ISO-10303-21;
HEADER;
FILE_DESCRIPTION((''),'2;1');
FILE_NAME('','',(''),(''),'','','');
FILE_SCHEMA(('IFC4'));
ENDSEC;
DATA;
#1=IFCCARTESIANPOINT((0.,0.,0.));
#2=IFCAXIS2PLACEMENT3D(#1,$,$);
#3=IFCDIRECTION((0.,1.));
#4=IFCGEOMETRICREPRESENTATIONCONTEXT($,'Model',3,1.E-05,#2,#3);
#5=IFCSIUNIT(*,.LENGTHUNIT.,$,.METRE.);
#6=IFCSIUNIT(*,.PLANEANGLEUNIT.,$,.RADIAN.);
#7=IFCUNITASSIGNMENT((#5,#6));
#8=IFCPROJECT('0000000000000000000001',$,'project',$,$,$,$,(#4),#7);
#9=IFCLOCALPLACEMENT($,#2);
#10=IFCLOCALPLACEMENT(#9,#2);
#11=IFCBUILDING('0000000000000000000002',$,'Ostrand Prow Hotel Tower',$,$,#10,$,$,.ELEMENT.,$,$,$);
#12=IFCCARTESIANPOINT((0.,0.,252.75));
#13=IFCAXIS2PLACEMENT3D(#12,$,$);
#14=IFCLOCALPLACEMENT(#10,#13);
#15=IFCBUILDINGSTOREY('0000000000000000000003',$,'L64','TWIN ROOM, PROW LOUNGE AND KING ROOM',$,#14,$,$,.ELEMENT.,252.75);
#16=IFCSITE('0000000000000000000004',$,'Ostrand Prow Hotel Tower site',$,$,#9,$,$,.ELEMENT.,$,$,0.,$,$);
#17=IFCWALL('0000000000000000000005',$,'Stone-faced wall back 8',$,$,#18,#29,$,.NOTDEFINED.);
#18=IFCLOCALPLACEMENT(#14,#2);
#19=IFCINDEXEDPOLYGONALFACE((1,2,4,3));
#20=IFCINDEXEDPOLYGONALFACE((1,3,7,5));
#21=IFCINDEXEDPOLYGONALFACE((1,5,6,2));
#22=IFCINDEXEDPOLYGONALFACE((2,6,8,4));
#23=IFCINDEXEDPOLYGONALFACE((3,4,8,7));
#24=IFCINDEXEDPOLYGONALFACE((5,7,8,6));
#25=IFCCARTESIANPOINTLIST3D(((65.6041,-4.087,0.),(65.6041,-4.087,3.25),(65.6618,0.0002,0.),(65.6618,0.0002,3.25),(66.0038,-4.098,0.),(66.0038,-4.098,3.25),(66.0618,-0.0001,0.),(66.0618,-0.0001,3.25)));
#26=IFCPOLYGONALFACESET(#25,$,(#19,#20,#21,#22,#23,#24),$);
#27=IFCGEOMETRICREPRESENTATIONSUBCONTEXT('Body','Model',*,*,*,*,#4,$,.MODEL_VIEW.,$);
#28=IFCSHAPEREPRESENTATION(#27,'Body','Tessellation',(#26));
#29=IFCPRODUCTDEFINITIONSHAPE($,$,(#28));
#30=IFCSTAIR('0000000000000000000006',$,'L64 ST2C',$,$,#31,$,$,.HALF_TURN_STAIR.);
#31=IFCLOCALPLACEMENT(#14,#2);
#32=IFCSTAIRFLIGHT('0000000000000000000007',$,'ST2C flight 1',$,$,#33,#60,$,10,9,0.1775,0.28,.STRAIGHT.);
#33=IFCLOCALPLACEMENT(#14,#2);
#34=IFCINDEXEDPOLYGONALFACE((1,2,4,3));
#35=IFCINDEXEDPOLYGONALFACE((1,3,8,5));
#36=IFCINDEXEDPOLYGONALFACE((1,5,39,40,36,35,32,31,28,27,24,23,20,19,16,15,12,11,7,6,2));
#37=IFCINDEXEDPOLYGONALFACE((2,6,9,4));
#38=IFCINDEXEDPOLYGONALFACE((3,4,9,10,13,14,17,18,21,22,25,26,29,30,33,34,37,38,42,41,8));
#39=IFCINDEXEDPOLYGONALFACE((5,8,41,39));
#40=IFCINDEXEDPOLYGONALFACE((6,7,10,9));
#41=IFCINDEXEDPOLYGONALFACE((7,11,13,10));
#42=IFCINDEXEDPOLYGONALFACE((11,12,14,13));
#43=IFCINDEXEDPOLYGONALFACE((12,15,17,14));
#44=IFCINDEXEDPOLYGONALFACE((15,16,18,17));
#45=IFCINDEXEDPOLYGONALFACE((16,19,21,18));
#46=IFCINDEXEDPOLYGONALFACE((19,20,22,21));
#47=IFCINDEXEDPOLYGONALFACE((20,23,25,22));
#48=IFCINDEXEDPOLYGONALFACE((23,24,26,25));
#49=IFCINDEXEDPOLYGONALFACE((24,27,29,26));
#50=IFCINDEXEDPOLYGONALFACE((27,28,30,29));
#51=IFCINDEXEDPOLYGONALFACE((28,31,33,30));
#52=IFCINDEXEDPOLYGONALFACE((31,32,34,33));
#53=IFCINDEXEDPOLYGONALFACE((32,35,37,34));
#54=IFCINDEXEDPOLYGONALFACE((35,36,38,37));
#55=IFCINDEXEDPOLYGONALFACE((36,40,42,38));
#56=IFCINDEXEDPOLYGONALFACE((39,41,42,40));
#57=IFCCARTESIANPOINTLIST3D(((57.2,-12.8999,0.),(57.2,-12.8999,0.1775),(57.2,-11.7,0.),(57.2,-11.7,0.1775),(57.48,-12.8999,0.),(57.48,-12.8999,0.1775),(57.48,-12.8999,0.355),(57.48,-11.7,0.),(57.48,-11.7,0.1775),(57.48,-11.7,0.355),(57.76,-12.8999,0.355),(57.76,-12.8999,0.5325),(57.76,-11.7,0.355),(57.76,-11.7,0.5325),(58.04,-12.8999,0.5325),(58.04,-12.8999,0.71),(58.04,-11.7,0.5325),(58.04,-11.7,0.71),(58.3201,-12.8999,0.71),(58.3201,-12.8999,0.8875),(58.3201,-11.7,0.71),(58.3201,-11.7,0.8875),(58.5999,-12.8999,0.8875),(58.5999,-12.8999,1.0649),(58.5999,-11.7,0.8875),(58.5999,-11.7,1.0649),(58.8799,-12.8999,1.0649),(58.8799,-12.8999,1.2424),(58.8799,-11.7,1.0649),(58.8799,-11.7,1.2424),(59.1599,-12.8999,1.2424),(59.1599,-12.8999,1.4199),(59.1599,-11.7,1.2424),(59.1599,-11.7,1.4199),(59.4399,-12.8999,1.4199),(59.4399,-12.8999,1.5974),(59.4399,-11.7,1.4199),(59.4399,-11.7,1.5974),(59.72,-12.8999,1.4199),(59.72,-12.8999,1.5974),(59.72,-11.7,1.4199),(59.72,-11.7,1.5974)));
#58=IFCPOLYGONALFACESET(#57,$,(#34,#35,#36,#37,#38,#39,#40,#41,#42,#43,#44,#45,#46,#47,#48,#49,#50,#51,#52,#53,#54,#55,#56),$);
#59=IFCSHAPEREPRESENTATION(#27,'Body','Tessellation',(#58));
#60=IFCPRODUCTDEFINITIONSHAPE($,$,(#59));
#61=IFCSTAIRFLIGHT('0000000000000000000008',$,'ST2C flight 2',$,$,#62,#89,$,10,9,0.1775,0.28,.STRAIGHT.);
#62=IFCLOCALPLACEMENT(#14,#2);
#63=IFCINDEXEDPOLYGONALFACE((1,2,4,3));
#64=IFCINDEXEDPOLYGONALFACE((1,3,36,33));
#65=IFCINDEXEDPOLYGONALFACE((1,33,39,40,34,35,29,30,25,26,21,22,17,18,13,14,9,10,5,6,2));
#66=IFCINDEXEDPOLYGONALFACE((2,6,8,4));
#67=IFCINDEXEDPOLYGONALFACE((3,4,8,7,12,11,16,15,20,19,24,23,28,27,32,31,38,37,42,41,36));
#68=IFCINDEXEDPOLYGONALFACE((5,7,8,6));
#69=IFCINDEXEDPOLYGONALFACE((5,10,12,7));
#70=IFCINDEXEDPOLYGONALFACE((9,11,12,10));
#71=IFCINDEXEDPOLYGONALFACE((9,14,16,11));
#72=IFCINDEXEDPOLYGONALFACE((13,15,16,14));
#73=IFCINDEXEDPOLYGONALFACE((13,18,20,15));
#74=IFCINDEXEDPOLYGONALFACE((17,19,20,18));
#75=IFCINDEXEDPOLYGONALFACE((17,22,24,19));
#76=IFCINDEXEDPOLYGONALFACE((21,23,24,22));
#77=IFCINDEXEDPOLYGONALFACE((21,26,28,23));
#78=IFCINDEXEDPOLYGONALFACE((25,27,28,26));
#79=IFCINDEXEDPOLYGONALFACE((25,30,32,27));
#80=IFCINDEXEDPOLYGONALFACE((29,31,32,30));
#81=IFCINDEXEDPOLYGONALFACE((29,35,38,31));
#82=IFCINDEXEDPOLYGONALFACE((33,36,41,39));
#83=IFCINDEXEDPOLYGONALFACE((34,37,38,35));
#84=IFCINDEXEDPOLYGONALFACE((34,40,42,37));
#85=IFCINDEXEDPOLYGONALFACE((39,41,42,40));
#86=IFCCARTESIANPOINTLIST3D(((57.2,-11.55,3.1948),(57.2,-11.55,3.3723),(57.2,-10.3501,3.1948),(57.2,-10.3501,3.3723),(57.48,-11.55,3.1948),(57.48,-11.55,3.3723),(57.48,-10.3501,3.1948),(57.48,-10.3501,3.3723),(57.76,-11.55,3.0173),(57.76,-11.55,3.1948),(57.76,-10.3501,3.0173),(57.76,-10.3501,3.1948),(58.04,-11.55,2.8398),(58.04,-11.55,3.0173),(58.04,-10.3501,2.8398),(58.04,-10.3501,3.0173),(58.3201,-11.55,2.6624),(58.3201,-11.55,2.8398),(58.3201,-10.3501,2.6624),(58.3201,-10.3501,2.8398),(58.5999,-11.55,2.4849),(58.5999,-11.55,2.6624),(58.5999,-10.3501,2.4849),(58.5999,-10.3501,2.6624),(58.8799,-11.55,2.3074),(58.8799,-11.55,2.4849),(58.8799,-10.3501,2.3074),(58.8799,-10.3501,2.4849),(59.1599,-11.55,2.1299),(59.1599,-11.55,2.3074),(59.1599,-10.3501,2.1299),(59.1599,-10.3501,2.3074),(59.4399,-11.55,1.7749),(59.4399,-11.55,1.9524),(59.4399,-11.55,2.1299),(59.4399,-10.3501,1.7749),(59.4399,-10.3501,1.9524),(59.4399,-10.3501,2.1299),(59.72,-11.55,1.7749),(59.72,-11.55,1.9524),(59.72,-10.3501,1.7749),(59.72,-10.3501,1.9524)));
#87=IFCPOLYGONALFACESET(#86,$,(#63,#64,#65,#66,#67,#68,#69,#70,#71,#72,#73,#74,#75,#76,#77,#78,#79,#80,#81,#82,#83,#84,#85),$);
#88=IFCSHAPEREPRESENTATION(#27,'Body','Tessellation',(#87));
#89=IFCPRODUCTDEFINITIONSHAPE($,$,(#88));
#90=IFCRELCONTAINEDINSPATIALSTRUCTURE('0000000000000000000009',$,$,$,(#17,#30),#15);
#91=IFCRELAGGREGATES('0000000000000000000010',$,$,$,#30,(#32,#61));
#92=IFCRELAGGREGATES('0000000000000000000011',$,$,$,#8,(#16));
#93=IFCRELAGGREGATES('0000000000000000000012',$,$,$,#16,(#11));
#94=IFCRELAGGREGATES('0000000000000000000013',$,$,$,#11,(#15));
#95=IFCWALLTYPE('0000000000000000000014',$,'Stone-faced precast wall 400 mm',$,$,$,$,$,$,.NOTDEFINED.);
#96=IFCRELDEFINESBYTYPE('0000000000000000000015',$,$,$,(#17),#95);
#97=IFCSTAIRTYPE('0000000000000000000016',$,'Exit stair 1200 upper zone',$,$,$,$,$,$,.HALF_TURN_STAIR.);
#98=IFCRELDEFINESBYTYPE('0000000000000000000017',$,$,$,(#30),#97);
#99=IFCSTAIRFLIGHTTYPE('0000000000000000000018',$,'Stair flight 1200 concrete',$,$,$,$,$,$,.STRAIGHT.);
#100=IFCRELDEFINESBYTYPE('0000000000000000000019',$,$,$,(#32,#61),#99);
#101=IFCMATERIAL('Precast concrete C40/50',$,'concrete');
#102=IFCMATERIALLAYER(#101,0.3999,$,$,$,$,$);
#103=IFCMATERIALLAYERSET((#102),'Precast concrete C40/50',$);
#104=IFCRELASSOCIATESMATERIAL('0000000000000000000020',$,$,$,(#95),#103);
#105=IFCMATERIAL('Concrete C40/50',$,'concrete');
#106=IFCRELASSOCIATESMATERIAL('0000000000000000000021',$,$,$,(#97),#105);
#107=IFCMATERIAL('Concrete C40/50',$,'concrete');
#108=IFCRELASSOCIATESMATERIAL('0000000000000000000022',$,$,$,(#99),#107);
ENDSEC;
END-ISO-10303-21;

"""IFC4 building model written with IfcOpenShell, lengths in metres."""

from ifc_helpers import new_model, si_unit, direction, frame, origin, place, context, subcontext, project, spatial, polyline, outline, extrude, material, layer, layer_set, type_object, element, aggregate, save


model = new_model("IFC4")

# Units and contexts
model_context = context("Model", 3, precision=1e-05, world=origin(), true_north=direction((0.0, 1.0)))
body_context = subcontext(model_context, "Body", "Model", "MODEL_VIEW")
ifc_project = project(units=[si_unit("LENGTHUNIT", "METRE"), si_unit("PLANEANGLEUNIT", "RADIAN")], contexts=[model_context])

# Site, building, storey
site_placement = place(None, origin())
site = spatial("IfcSite", under=ifc_project, at=site_placement, Name="Ostrand Prow Hotel Tower site", CompositionType="ELEMENT", RefElevation=0.0)
building_placement = place(site_placement, origin())
building = spatial("IfcBuilding", under=site, at=building_placement, Name="Ostrand Prow Hotel Tower", CompositionType="ELEMENT")
storey_placement = place(building_placement, frame((0.0, 0.0, 252.75)))
storey = spatial("IfcBuildingStorey", under=building, at=storey_placement, Name="L64", Description="TWIN ROOM, PROW LOUNGE AND KING ROOM", CompositionType="ELEMENT", Elevation=252.75)

# Wall
ifc_material_1 = material(Name="Precast concrete C40/50", Category="concrete")
ifc_layer_1 = layer(ifc_material_1, 0.3999)
ifc_layer_set_1 = layer_set([ifc_layer_1], Name="Precast concrete C40/50")
wall_type_1 = type_object("IfcWallType", Name="Stone-faced precast wall 400 mm", PredefinedType="NOTDEFINED", material=ifc_layer_set_1)
wall_1_placement = place(storey_placement, frame((65.804, -4.0925, 0.0), z_axis=(0.0, 0.0, 1.0), x_axis=(0.014137, 0.9999, 0.0)))
element("IfcWall", 1, at=wall_1_placement, inside=storey, type_object=wall_type_1, Name="Stone-faced wall back 8", PredefinedType="NOTDEFINED", context=body_context, shape_type="SweptSolid", body=[
    extrude(outline(polyline([(-0.0027, -0.2), (4.0957, -0.2), (4.0903, 0.2), (0.0027, 0.2), (-0.0027, -0.2)])), origin(), (0.0, 0.0, 1.0), 3.25),
])

# Stair, stair flights
ifc_material_2 = material(Name="Concrete C40/50", Category="concrete")
stair_type = type_object("IfcStairType", Name="Exit stair 1200 upper zone", PredefinedType="HALF_TURN_STAIR", material=ifc_material_2)
stair_placement = place(storey_placement, origin())
stair = element("IfcStair", 2, at=stair_placement, inside=storey, type_object=stair_type, Name="L64 ST2C", PredefinedType="HALF_TURN_STAIR")
ifc_material_3 = material(Name="Concrete C40/50", Category="concrete")
stair_flight_type = type_object("IfcStairFlightType", Name="Stair flight 1200 concrete", PredefinedType="STRAIGHT", material=ifc_material_3)
stair_flight_1_placement = place(storey_placement, frame((57.2, -12.3, 0.0), z_axis=(0.0, 0.0, 1.0), x_axis=(1.0, 0.0, 0.0)))
stair_flight_1 = element("IfcStairFlight", 3, at=stair_flight_1_placement, type_object=stair_flight_type, Name="ST2C flight 1", NumberOfRisers=10, NumberOfTreads=9, PredefinedType="STRAIGHT", RiserHeight=0.1775, TreadLength=0.28, context=body_context, shape_type="SweptSolid", body=[
    extrude(outline(polyline([(0.0, 0.0), (0.0, 0.1775), (0.28, 0.1775), (0.28, 0.355), (0.5601, 0.355), (0.5601, 0.5325), (0.8401, 0.5325), (0.8401, 0.71), (1.1201, 0.71), (1.1201, 0.8875), (1.3999, 0.8875), (1.3999, 1.0649), (1.6799, 1.0649), (1.6799, 1.2424), (1.96, 1.2424), (1.96, 1.4199), (2.24, 1.4199), (2.24, 1.5974), (2.52, 1.5974), (2.52, 1.7749), (2.52, 1.4199), (0.28, 0.0), (0.0, 0.0)])), frame((0.0, 0.6001, 0.0), z_axis=(0.0, -1.0, 0.0), x_axis=(1.0, 0.0, 0.0)), (0.0, 0.0, 1.0), 1.2),
])
stair_flight_2_placement = place(storey_placement, frame((59.72, -10.95, 1.7749), z_axis=(0.0, 0.0, 1.0), x_axis=(-1.0, 0.0, 0.0)))
stair_flight_2 = element("IfcStairFlight", 4, at=stair_flight_2_placement, type_object=stair_flight_type, Name="ST2C flight 2", NumberOfRisers=10, NumberOfTreads=9, PredefinedType="STRAIGHT", RiserHeight=0.1775, TreadLength=0.28, context=body_context, shape_type="SweptSolid", body=[
    extrude(outline(polyline([(0.0, 0.0), (0.0, 0.1775), (0.28, 0.1775), (0.28, 0.355), (0.5601, 0.355), (0.5601, 0.5325), (0.8401, 0.5325), (0.8401, 0.71), (1.1201, 0.71), (1.1201, 0.8875), (1.3999, 0.8875), (1.3999, 1.0649), (1.6799, 1.0649), (1.6799, 1.2424), (1.96, 1.2424), (1.96, 1.4199), (2.24, 1.4199), (2.24, 1.5974), (2.52, 1.5974), (2.52, 1.7749), (2.52, 1.4199), (0.28, 0.0), (0.0, 0.0)])), frame((0.0, 0.6001, 0.0), z_axis=(0.0, -1.0, 0.0), x_axis=(1.0, 0.0, 0.0)), (0.0, 0.0, 1.0), 1.2),
])
aggregate(stair, [stair_flight_1, stair_flight_2])

save(model, "model.ifc")
